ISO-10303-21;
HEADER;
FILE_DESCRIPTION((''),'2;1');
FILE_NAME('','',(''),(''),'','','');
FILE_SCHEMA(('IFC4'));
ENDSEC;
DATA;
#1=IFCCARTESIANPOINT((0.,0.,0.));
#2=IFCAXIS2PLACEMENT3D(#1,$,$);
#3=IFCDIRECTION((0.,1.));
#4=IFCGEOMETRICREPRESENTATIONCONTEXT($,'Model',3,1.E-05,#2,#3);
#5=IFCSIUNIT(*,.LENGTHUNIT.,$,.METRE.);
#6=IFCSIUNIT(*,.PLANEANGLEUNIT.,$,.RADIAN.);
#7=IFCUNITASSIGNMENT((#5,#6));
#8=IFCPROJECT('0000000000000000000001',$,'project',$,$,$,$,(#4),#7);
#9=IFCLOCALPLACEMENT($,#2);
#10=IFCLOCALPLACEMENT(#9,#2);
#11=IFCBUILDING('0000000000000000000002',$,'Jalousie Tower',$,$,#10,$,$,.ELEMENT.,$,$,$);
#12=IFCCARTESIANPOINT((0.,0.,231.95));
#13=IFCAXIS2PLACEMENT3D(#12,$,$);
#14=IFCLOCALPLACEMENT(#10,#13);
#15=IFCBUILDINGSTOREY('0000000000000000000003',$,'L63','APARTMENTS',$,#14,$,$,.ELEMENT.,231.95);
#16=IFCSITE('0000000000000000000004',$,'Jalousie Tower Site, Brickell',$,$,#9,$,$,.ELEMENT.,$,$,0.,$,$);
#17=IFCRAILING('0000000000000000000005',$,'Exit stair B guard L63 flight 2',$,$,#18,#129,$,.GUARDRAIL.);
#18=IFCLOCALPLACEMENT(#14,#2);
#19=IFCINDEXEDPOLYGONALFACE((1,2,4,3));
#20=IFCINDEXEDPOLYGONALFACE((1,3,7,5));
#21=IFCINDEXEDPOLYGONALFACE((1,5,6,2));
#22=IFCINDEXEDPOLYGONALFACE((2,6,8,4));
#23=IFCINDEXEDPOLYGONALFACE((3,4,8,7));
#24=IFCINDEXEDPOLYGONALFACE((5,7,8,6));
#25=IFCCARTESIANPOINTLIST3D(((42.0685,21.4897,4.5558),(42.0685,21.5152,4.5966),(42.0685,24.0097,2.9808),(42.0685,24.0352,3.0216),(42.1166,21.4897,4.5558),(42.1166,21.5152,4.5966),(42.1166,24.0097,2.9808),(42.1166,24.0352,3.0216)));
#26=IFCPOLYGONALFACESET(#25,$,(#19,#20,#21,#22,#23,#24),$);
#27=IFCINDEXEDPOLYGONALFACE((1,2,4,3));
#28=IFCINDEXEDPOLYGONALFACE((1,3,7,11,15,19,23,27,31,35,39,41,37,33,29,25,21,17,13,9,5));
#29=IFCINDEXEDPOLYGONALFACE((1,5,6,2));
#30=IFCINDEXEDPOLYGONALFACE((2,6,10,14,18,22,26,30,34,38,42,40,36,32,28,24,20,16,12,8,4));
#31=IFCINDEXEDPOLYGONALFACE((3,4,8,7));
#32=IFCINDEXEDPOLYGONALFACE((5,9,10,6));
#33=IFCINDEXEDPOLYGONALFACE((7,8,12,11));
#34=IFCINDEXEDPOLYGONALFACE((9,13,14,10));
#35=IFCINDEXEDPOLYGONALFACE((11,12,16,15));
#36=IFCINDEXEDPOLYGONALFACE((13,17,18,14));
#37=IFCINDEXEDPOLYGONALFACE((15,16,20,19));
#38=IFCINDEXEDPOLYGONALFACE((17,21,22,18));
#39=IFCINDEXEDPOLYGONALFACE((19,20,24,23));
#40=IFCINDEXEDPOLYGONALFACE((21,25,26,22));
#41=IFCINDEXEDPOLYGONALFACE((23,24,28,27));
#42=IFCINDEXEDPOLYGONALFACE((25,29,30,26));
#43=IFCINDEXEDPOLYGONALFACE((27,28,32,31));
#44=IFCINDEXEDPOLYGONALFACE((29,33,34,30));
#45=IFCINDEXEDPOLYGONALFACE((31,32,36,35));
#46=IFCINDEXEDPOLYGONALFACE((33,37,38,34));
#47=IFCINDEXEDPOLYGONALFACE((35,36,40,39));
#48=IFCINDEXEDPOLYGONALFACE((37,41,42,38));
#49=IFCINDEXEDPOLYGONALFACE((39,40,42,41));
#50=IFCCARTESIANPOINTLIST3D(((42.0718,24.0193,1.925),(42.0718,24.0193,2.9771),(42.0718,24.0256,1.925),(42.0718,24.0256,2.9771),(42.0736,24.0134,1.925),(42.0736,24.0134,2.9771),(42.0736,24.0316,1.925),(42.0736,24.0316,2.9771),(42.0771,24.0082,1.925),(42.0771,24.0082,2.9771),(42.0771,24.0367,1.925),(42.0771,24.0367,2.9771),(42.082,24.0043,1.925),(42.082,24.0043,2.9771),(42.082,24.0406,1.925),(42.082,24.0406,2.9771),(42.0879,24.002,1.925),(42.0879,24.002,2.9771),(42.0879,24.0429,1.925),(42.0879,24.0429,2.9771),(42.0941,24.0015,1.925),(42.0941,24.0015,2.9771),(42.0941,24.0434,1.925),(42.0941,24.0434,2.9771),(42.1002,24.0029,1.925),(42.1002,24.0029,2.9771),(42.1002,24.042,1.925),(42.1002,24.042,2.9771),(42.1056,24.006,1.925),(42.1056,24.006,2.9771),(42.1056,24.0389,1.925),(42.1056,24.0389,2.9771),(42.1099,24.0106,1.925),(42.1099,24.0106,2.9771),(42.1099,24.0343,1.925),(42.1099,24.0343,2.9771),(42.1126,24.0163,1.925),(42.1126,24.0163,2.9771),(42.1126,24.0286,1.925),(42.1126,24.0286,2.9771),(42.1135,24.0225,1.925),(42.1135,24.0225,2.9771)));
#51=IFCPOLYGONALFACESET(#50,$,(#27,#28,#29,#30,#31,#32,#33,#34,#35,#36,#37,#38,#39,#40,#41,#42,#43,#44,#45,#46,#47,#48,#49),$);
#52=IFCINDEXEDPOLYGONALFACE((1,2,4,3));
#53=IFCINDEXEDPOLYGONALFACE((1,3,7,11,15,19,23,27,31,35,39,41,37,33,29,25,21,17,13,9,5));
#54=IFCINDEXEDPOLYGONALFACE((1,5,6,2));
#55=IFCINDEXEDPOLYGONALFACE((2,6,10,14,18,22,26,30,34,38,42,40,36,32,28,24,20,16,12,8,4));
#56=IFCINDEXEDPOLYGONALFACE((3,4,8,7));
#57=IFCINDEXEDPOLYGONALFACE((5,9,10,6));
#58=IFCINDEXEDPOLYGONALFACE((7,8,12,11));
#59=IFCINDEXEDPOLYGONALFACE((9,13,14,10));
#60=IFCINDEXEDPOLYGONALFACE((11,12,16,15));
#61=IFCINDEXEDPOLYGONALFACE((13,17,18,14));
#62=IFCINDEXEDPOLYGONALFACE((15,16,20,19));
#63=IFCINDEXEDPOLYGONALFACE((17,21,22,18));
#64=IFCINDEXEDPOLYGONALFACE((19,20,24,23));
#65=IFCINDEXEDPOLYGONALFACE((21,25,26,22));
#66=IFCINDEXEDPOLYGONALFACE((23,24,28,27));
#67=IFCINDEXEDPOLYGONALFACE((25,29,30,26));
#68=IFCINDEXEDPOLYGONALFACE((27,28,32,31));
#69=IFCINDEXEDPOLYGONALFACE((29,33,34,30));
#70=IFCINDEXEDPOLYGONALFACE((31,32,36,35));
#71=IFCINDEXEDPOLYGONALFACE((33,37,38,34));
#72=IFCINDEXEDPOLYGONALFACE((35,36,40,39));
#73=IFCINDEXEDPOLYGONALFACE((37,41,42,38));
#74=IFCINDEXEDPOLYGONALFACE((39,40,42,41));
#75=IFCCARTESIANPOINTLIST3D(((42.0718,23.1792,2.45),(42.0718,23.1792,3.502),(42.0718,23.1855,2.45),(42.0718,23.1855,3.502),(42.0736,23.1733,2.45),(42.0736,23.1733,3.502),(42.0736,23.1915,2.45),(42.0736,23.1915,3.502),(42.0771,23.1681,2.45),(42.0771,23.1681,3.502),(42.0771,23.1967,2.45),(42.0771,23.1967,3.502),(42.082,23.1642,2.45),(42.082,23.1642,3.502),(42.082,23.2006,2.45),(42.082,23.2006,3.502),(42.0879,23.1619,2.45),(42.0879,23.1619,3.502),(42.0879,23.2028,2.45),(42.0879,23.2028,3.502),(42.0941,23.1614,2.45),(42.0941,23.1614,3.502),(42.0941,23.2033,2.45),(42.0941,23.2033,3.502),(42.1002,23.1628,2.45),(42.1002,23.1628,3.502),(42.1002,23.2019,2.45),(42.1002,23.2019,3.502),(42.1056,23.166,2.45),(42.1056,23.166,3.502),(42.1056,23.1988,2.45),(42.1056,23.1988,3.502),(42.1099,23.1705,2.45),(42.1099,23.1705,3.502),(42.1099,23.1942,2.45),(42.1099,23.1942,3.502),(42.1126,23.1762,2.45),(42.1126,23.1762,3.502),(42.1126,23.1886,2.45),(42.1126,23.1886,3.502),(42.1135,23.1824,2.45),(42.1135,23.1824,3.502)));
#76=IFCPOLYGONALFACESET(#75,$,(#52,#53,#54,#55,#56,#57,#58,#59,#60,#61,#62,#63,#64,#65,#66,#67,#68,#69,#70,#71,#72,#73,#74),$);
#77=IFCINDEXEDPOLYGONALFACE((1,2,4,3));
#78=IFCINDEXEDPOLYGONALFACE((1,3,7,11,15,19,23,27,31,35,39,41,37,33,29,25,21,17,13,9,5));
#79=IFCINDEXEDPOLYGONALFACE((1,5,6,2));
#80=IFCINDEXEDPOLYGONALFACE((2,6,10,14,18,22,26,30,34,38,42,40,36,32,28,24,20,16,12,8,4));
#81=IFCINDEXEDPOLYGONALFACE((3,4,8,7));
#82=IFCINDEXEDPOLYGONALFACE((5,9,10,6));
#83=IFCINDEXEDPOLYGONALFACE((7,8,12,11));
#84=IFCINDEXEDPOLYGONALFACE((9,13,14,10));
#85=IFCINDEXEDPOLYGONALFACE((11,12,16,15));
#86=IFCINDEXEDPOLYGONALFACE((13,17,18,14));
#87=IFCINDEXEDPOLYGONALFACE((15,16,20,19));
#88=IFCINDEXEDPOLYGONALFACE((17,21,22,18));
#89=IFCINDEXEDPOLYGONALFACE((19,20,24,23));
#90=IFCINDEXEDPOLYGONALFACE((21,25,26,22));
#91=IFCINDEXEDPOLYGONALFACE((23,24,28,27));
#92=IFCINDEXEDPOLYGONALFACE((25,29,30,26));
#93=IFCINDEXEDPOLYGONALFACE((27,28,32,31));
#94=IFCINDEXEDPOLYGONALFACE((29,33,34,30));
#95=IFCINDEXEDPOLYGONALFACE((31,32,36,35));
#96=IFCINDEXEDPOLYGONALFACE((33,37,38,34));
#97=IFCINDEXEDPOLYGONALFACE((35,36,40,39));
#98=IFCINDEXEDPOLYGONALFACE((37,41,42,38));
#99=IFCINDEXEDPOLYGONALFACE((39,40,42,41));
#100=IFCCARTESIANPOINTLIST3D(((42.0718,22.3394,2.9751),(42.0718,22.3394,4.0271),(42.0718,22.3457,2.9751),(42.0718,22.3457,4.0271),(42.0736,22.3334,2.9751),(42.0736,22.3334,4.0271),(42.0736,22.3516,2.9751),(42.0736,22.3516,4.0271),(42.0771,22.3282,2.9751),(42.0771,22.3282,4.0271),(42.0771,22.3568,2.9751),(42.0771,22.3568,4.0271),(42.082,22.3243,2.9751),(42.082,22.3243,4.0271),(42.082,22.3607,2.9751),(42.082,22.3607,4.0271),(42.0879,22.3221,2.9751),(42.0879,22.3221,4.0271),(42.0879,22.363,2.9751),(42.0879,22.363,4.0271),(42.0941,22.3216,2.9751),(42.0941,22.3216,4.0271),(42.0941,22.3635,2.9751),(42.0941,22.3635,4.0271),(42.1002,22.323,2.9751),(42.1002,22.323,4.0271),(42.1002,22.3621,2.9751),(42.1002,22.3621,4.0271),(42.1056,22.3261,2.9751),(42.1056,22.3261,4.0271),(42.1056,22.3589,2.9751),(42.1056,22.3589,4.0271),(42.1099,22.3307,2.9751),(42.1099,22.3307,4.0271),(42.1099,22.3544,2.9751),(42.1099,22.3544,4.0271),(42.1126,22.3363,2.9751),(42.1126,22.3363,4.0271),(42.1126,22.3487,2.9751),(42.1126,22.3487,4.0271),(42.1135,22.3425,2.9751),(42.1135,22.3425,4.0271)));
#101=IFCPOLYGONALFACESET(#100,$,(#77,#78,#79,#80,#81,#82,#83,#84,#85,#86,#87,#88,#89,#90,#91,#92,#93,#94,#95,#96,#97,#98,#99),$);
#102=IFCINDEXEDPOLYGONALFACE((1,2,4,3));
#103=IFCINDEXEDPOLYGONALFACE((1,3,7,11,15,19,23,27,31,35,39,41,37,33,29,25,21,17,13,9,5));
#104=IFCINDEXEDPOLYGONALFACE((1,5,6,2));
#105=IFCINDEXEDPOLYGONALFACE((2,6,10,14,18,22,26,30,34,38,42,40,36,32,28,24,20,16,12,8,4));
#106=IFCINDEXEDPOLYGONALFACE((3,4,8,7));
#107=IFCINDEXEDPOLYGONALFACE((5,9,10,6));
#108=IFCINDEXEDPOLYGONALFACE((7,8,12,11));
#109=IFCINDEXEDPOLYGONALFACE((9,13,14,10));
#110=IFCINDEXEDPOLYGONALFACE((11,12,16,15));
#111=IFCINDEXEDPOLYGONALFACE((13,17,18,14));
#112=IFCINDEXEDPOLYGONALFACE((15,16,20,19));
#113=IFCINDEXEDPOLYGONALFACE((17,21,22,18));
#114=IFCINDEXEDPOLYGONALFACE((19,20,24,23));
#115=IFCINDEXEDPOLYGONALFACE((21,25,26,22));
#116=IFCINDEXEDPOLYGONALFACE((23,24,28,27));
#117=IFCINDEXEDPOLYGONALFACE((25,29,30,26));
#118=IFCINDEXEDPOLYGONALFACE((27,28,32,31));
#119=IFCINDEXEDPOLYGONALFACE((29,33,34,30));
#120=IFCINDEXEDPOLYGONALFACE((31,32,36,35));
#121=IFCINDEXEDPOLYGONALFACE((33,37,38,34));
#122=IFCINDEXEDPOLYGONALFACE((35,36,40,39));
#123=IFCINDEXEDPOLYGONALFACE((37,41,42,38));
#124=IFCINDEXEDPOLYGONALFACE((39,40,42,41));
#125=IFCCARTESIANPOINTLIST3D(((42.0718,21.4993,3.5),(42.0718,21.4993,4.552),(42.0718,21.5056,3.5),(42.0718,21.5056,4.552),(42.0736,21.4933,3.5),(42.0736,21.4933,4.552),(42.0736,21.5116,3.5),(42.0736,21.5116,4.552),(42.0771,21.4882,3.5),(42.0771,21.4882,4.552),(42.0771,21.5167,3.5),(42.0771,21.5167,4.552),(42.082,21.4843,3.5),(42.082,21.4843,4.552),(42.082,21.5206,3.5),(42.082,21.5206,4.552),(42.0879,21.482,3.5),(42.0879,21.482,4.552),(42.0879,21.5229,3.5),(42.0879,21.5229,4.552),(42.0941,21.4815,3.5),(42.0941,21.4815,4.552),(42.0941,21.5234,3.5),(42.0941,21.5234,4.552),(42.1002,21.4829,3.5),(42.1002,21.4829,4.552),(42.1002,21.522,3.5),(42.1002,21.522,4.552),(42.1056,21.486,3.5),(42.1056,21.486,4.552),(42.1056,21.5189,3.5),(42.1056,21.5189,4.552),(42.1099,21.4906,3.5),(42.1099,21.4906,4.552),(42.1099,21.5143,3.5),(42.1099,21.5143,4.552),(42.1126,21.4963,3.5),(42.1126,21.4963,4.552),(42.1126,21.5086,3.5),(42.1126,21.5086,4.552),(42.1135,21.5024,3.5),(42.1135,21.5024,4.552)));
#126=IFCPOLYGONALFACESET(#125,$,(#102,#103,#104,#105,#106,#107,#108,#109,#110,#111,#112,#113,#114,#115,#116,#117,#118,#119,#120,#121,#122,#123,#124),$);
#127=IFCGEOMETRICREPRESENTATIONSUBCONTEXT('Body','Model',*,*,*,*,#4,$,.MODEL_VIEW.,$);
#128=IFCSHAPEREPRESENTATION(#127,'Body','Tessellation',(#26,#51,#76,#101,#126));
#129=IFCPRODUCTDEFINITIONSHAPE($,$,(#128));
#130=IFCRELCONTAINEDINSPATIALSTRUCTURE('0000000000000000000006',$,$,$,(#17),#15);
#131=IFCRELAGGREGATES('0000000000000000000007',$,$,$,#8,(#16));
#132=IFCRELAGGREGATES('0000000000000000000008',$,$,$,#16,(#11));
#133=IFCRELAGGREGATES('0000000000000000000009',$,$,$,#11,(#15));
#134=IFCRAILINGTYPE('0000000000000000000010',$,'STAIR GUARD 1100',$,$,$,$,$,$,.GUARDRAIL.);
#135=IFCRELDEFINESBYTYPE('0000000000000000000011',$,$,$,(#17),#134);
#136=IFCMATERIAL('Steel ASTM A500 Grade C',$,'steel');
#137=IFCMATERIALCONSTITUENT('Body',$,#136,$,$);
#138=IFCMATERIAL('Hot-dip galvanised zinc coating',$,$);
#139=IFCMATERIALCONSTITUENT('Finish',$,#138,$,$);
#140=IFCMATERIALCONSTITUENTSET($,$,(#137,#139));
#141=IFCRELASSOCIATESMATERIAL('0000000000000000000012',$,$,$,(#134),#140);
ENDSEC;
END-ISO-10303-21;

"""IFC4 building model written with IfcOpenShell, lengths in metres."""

from ifc_helpers import new_model, si_unit, direction, frame, origin, origin_2d, place, context, subcontext, project, spatial, rectangle, circle, extrude, material, constituent, constituent_set, type_object, element, save


model = new_model("IFC4")

# Units and contexts
model_context = context("Model", 3, precision=1e-05, world=origin(), true_north=direction((0.0, 1.0)))
body_context = subcontext(model_context, "Body", "Model", "MODEL_VIEW")
ifc_project = project(units=[si_unit("LENGTHUNIT", "METRE"), si_unit("PLANEANGLEUNIT", "RADIAN")], contexts=[model_context])

# Site, building, storey
site_placement = place(None, origin())
site = spatial("IfcSite", under=ifc_project, at=site_placement, Name="Jalousie Tower Site, Brickell", CompositionType="ELEMENT", RefElevation=0.0)
building_placement = place(site_placement, origin())
building = spatial("IfcBuilding", under=site, at=building_placement, Name="Jalousie Tower", CompositionType="ELEMENT")
storey_placement = place(building_placement, frame((0.0, 0.0, 231.95)))
storey = spatial("IfcBuildingStorey", under=building, at=storey_placement, Name="L63", Description="APARTMENTS", CompositionType="ELEMENT", Elevation=231.95)

# Railing
ifc_material_1 = material(Name="Steel ASTM A500 Grade C", Category="steel")
ifc_constituent_1 = constituent(ifc_material_1, Name="Body")
ifc_material_2 = material(Name="Hot-dip galvanised zinc coating")
ifc_constituent_2 = constituent(ifc_material_2, Name="Finish")
ifc_constituent_set_1 = constituent_set(constituents=[ifc_constituent_1, ifc_constituent_2])
railing_type_1 = type_object("IfcRailingType", Name="STAIR GUARD 1100", PredefinedType="GUARDRAIL", material=ifc_constituent_set_1)
railing_1_placement = place(storey_placement, frame((42.0925, 24.0225, 1.925)))
element("IfcRailing", 1, at=railing_1_placement, inside=storey, type_object=railing_type_1, Name="Exit stair B guard L63 flight 2", PredefinedType="GUARDRAIL", context=body_context, shape_type="SweptSolid", body=[
    extrude(rectangle(XDim=0.0481, YDim=0.0481, at=origin_2d()), frame((0.0, 0.0, 1.0762), z_axis=(0.0, -0.848008, 0.529984), x_axis=(1.0, 0.0, 0.0)), (0.0, 0.0, 1.0), 2.9717),
    extrude(circle(Radius=0.021, at=origin_2d()), origin(), (0.0, 0.0, 1.0), 1.052),
    extrude(circle(Radius=0.021, at=origin_2d()), frame((0.0, -0.8401, 0.5249)), (0.0, 0.0, 1.0), 1.052),
    extrude(circle(Radius=0.021, at=origin_2d()), frame((0.0, -1.6799, 1.05)), (0.0, 0.0, 1.0), 1.052),
    extrude(circle(Radius=0.021, at=origin_2d()), frame((0.0, -2.52, 1.575)), (0.0, 0.0, 1.0), 1.052),
])

save(model, "model.ifc")
